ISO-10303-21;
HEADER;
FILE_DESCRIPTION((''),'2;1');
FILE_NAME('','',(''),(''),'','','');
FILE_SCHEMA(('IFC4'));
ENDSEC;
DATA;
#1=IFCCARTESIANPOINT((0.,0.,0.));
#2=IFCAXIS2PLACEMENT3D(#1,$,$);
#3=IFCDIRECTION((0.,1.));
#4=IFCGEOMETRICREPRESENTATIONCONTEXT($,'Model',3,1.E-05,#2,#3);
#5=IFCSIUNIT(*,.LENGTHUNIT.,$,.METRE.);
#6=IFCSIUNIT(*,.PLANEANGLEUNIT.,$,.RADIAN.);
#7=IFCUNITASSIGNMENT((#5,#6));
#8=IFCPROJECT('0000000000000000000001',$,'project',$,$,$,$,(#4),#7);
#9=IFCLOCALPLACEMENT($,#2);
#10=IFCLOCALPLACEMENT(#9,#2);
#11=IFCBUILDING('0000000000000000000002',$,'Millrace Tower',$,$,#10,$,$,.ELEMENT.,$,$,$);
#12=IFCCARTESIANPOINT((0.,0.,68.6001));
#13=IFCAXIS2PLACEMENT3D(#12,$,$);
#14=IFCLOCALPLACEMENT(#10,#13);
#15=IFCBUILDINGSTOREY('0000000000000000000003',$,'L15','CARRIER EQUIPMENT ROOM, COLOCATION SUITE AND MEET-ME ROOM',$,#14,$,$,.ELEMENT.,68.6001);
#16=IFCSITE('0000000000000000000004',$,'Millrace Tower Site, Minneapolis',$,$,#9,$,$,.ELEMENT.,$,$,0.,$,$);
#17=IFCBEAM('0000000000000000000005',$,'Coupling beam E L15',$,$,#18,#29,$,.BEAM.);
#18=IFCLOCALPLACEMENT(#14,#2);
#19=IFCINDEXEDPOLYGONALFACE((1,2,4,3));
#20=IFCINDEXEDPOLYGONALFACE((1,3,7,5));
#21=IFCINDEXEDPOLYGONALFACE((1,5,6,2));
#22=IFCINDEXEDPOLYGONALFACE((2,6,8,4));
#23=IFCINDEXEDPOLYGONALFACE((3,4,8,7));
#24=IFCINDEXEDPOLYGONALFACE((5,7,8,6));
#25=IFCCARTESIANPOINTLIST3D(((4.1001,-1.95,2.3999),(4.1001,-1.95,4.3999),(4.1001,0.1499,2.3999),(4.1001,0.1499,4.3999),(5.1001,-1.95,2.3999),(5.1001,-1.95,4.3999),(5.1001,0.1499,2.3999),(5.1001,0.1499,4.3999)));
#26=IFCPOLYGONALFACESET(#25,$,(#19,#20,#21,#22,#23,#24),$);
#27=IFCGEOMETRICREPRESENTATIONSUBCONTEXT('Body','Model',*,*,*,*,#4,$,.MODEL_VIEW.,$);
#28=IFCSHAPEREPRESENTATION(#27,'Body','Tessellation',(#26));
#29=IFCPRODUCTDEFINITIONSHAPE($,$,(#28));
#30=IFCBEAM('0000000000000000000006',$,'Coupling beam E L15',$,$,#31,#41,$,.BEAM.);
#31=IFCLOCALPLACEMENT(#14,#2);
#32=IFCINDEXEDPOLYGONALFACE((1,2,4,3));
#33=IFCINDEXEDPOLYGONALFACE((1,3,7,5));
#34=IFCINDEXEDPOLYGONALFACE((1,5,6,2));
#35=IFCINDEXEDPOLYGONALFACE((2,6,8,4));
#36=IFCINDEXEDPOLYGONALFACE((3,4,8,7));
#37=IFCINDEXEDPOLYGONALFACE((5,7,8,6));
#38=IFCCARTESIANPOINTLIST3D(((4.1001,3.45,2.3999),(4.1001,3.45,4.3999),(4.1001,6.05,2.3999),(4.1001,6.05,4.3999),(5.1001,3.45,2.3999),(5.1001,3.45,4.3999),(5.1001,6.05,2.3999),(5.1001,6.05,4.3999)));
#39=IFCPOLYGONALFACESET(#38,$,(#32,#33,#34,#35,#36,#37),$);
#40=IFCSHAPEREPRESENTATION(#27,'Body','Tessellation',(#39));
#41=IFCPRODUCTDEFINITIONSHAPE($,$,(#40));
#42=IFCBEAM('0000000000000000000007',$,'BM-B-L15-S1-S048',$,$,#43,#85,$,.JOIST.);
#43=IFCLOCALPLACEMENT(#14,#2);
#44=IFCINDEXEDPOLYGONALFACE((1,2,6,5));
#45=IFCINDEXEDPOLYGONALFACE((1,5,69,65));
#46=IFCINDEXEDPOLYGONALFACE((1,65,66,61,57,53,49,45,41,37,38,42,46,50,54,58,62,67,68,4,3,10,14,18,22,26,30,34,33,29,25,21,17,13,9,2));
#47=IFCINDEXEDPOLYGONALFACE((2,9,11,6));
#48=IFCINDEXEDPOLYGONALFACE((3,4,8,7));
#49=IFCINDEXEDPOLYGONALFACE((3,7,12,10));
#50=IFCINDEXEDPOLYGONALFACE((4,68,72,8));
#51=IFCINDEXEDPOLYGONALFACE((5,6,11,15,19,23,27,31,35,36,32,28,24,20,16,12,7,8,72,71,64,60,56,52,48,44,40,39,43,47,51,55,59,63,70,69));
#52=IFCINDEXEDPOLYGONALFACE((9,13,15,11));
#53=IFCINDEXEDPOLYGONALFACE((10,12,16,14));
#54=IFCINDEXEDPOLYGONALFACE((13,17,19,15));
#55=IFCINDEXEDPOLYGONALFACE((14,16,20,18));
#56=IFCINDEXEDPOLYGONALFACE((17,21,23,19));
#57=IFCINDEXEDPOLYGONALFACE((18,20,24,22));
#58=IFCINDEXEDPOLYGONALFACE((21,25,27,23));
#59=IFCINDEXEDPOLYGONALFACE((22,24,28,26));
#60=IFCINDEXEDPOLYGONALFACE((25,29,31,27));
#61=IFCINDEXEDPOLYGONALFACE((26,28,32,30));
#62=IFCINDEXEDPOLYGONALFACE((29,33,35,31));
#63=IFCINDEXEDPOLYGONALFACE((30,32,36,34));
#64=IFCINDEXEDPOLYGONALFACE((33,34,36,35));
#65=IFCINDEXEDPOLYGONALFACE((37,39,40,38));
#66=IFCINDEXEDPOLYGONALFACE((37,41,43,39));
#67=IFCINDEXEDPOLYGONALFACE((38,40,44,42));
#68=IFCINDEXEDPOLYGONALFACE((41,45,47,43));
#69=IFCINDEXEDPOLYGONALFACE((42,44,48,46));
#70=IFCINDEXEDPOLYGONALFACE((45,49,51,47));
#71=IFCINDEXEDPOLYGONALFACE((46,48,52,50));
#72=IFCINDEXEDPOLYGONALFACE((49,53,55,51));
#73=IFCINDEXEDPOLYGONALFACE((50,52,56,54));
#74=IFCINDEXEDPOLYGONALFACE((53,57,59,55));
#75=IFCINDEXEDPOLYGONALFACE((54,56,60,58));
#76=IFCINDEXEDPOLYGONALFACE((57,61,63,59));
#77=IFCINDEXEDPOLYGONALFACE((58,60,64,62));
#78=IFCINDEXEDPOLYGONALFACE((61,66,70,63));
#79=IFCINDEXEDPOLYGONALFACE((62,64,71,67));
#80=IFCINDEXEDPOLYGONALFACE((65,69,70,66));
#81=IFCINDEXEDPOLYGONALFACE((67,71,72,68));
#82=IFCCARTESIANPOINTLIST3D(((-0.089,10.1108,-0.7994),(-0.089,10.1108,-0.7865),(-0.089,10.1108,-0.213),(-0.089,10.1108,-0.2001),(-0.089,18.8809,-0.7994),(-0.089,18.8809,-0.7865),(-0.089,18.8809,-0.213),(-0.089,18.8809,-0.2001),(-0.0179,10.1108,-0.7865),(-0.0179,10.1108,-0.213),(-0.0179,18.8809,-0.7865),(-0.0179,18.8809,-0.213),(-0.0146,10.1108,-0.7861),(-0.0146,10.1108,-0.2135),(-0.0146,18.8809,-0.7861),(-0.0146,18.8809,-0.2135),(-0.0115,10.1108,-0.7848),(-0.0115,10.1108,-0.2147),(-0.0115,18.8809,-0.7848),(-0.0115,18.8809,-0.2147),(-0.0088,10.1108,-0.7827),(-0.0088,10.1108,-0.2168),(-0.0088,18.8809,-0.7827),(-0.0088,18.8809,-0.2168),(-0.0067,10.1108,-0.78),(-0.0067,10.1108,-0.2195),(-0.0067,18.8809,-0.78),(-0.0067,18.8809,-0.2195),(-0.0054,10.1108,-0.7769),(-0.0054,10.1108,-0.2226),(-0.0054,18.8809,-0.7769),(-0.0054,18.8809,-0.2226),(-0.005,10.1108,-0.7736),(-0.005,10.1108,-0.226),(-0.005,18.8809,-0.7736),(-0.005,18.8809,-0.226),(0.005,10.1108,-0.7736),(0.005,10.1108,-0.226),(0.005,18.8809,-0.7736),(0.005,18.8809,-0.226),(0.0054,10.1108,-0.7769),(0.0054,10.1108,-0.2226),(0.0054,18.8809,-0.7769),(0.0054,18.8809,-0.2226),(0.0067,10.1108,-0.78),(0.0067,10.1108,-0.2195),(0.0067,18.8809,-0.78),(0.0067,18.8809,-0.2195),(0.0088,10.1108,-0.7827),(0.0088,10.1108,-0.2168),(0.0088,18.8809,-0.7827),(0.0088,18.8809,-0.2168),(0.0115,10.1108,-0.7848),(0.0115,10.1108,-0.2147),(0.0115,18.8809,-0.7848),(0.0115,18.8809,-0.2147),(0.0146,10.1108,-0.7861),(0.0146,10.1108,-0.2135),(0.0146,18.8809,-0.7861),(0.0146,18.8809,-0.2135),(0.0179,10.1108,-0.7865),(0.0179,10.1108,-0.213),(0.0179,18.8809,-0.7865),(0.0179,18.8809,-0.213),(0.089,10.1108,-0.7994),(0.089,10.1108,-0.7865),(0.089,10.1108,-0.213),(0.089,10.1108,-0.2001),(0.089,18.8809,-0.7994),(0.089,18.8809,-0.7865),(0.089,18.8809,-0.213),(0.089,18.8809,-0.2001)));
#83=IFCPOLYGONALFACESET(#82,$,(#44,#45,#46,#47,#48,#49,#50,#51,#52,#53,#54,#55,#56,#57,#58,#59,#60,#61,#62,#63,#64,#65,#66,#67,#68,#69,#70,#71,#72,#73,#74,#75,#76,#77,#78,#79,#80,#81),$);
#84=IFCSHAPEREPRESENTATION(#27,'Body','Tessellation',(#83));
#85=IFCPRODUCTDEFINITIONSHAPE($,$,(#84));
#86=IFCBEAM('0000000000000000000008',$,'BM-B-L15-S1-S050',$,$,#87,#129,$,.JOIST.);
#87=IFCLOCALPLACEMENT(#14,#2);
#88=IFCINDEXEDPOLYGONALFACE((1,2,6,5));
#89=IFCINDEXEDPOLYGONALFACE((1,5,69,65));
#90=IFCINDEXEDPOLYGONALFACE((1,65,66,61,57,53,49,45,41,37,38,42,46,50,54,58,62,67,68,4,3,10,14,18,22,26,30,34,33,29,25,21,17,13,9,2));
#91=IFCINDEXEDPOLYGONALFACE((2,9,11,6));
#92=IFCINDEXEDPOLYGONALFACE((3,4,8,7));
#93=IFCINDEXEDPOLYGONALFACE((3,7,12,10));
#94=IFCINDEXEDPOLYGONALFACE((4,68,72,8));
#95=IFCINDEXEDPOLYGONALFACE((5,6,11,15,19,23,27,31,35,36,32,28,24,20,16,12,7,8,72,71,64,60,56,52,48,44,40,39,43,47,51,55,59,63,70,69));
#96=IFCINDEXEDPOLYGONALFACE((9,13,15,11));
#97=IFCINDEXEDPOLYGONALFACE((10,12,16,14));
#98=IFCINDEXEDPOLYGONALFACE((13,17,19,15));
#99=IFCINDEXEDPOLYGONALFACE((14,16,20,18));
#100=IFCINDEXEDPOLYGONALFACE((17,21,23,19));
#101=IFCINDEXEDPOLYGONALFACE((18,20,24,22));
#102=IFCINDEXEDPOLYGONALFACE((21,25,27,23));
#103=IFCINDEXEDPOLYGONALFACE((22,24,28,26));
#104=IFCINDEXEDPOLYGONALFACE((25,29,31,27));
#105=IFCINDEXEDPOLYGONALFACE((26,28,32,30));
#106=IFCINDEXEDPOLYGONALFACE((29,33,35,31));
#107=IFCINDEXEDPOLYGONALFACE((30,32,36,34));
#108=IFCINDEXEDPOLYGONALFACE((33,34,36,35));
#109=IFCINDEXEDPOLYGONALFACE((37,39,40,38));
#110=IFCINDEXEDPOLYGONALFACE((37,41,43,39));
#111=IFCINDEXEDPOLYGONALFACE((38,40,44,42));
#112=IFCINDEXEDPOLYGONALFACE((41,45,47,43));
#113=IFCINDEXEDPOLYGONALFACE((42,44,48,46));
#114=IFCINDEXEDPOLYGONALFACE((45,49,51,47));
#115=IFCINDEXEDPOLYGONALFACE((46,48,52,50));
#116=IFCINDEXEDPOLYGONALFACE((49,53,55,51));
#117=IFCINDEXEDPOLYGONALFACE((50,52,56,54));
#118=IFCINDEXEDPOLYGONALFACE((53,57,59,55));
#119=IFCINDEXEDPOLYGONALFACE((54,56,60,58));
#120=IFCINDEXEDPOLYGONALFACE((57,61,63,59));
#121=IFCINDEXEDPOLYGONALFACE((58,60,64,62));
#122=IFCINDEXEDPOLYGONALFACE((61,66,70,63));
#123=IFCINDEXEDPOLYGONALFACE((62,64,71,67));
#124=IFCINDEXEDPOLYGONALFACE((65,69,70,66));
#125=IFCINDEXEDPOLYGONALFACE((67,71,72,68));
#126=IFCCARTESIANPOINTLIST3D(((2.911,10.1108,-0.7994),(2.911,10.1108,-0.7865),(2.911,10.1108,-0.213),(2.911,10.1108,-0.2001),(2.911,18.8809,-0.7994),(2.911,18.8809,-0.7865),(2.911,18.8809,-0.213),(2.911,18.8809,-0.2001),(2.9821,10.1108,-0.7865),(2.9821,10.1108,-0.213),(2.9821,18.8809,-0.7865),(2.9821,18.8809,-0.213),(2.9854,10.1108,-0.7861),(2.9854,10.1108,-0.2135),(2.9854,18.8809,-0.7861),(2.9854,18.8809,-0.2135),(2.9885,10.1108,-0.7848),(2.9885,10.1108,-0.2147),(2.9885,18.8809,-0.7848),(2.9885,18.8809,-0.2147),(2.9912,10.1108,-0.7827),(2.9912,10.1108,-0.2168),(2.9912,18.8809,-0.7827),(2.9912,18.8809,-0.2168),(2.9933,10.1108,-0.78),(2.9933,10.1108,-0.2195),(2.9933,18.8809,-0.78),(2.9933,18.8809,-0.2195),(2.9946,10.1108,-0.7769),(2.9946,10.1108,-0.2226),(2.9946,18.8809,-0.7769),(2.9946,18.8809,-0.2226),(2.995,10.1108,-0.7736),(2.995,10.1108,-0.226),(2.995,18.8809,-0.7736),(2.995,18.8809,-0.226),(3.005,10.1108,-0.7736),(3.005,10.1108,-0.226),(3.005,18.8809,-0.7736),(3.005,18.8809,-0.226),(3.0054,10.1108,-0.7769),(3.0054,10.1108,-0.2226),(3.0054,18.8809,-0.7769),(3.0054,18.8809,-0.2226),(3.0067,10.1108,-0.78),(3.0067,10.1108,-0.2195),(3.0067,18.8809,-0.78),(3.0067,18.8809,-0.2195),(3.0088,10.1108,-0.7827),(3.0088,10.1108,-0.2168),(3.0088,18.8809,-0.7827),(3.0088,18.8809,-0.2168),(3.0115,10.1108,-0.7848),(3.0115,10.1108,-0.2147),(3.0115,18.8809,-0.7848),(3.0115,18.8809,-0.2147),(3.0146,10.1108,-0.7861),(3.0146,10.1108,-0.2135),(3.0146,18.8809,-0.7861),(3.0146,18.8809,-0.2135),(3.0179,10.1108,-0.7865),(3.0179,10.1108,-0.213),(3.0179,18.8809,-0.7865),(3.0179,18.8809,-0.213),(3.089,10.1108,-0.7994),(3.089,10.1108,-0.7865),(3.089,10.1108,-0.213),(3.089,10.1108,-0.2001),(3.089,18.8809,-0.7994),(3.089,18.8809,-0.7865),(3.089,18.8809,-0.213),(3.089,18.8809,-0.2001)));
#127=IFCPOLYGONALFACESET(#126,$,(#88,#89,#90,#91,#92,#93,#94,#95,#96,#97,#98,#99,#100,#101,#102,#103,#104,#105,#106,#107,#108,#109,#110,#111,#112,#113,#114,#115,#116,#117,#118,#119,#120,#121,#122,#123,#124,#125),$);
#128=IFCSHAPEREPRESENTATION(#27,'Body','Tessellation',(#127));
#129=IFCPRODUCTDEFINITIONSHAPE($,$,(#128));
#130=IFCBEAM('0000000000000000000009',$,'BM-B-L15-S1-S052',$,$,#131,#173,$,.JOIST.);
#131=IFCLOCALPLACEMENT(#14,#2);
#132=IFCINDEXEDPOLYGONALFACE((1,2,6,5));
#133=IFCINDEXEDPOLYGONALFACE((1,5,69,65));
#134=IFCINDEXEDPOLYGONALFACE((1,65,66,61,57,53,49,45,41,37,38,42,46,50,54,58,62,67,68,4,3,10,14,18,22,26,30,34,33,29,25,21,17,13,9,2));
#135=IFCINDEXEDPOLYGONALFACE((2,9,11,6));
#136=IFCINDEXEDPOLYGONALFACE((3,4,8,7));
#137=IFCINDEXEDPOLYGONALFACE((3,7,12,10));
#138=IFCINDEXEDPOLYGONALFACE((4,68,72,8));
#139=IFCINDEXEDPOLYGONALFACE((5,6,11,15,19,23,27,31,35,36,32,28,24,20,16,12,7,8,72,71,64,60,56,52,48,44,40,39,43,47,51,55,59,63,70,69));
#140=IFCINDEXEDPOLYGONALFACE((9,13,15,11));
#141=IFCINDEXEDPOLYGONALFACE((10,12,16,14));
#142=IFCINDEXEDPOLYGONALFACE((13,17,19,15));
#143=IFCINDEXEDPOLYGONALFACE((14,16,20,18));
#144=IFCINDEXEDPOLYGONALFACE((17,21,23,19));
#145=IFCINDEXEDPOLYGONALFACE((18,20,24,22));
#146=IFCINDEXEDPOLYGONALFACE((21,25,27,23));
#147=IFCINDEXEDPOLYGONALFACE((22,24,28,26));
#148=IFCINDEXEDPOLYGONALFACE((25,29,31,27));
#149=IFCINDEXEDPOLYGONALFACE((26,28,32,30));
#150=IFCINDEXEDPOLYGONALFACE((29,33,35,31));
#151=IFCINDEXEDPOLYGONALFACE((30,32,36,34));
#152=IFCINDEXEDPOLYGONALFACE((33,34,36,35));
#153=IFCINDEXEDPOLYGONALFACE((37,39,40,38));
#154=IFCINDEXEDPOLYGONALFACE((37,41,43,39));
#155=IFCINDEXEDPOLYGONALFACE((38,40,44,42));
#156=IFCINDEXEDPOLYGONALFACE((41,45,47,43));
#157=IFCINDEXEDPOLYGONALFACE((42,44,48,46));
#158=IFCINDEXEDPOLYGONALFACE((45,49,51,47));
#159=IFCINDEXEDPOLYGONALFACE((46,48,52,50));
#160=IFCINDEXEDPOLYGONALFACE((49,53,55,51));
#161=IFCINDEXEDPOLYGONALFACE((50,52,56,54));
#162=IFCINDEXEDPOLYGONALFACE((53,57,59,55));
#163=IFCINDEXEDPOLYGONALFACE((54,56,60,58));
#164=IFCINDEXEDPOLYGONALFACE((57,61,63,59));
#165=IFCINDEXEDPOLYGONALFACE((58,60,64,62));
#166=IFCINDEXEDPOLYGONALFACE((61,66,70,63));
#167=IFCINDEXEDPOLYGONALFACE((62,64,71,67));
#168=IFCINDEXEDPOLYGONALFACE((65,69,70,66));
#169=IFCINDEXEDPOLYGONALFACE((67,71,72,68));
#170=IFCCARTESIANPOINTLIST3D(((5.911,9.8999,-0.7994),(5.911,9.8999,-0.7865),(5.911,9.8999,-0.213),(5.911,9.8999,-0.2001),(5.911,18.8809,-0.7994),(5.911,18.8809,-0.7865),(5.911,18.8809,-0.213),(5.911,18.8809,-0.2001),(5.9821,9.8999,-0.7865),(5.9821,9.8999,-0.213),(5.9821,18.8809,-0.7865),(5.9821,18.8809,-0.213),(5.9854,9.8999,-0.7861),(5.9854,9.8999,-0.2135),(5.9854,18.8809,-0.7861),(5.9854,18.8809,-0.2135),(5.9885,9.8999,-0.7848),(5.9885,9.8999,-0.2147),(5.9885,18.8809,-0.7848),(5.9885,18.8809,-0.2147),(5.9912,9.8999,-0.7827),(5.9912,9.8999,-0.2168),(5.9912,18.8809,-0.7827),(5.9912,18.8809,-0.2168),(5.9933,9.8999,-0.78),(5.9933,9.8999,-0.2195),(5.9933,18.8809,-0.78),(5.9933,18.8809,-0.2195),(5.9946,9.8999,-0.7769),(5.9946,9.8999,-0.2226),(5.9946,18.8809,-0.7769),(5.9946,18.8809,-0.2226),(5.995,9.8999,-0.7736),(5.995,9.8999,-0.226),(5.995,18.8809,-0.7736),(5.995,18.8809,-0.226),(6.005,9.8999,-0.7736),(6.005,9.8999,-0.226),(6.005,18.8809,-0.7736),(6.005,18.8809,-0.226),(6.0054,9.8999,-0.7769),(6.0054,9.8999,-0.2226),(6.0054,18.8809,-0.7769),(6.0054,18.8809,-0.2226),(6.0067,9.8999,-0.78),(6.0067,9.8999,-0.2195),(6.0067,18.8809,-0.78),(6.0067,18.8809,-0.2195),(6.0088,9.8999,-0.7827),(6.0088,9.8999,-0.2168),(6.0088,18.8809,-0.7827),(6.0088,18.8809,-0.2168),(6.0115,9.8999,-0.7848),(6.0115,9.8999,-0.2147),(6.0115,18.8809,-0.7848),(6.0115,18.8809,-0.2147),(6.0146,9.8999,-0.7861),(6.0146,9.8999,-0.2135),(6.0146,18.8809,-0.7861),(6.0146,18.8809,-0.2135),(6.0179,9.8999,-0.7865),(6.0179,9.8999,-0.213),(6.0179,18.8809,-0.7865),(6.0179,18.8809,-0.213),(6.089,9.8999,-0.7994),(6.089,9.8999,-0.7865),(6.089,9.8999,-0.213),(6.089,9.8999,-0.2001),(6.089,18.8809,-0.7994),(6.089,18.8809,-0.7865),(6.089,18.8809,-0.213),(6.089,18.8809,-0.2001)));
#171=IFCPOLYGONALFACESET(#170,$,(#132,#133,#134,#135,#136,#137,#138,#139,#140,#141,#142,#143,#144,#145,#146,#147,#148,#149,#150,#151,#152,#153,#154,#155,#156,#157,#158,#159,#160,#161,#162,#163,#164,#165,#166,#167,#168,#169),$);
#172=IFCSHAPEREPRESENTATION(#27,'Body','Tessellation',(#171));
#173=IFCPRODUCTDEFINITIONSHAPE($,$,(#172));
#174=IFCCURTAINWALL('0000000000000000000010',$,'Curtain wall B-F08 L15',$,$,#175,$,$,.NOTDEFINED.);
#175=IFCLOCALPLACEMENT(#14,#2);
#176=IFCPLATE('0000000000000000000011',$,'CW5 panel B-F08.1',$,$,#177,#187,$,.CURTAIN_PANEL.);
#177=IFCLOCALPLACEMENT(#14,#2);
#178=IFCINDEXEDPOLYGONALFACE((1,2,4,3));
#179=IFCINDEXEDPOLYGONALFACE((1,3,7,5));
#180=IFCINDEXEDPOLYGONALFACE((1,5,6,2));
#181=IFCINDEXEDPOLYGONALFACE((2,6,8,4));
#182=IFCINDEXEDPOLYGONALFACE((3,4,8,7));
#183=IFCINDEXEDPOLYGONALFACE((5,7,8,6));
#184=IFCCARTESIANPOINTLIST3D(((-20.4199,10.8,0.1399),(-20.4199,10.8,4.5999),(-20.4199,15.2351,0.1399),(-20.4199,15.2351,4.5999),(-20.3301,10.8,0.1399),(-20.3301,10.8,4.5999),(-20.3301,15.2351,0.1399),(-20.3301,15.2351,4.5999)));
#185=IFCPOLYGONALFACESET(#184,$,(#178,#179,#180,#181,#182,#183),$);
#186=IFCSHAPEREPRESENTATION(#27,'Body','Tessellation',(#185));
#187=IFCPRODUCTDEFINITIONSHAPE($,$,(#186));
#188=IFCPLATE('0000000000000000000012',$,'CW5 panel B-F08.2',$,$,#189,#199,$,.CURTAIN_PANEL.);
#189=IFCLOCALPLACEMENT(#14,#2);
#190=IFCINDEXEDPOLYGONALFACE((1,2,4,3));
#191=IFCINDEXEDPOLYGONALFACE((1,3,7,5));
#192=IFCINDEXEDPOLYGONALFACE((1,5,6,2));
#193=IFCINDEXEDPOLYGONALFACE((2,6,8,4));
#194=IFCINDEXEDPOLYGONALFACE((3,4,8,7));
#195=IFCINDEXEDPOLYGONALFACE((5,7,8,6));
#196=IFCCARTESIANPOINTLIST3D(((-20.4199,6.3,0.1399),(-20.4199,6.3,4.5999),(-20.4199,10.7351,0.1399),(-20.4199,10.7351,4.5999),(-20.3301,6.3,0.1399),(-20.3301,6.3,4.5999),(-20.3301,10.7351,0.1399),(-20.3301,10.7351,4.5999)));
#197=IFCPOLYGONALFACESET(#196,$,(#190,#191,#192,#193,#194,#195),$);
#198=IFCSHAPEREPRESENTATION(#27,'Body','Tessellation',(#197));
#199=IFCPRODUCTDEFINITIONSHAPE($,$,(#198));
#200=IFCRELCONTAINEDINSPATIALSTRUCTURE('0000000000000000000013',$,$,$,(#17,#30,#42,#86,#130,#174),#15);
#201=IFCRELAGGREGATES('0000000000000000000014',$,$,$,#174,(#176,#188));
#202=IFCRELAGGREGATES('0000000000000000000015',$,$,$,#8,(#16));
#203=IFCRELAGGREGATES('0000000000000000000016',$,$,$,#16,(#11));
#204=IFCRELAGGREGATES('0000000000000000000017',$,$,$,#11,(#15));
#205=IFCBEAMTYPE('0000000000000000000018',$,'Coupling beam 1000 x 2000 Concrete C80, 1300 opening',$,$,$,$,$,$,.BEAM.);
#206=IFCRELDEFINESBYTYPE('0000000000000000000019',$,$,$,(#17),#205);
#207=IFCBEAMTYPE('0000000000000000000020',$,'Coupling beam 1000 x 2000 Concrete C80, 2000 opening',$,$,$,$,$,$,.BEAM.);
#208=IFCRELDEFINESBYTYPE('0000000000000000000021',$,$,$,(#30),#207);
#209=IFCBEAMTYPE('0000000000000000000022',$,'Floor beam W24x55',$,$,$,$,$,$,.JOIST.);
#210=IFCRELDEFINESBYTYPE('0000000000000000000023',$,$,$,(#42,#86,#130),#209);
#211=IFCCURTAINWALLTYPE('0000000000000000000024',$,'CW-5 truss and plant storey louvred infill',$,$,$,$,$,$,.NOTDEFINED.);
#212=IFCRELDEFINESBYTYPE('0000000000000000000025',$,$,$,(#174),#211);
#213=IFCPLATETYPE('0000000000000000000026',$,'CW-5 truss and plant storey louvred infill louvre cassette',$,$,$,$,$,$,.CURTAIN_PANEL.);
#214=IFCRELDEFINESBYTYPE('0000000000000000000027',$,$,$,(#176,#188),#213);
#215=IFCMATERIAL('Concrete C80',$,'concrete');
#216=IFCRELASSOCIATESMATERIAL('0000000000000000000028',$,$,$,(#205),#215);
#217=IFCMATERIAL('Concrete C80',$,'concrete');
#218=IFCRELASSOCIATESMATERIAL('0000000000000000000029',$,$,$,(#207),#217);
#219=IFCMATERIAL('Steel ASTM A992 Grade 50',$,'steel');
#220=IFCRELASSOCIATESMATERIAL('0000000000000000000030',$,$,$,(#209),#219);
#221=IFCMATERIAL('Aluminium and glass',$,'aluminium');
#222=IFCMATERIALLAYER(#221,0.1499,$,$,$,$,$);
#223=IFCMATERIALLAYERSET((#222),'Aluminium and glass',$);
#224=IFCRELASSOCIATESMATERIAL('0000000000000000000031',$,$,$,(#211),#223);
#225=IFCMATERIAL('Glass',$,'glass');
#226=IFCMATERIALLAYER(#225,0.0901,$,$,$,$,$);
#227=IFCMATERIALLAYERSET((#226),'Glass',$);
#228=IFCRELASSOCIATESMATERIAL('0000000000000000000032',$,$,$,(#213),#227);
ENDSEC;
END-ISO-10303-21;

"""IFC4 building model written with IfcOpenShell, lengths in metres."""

from ifc_helpers import new_model, si_unit, direction, frame, origin, origin_2d, place, context, subcontext, project, spatial, polyline, rectangle, i_section, outline, extrude, material, layer, layer_set, material_profile, profile_set, type_object, element, aggregate, save


model = new_model("IFC4")

# Units and contexts
model_context = context("Model", 3, precision=1e-05, world=origin(), true_north=direction((0.0, 1.0)))
body_context = subcontext(model_context, "Body", "Model", "MODEL_VIEW")
ifc_project = project(units=[si_unit("LENGTHUNIT", "METRE"), si_unit("PLANEANGLEUNIT", "RADIAN")], contexts=[model_context])

# Site, building, storey
site_placement = place(None, origin())
site = spatial("IfcSite", under=ifc_project, at=site_placement, Name="Millrace Tower Site, Minneapolis", CompositionType="ELEMENT", RefElevation=0.0)
building_placement = place(site_placement, origin())
building = spatial("IfcBuilding", under=site, at=building_placement, Name="Millrace Tower", CompositionType="ELEMENT")
storey_placement = place(building_placement, frame((0.0, 0.0, 68.6001)))
storey = spatial("IfcBuildingStorey", under=building, at=storey_placement, Name="L15", Description="CARRIER EQUIPMENT ROOM, COLOCATION SUITE AND MEET-ME ROOM", CompositionType="ELEMENT", Elevation=68.6001)

# Beams
ifc_material_1 = material(Name="Concrete C80", Category="concrete")
ifc_material_profile_1 = material_profile(ifc_material_1, rectangle(XDim=1.0, YDim=2.0, at=origin_2d()))
ifc_profile_set_1 = profile_set([ifc_material_profile_1], Name="Concrete C80")
beam_type_1 = type_object("IfcBeamType", Name="Coupling beam 1000 x 2000 Concrete C80, 1300 opening", PredefinedType="BEAM", material=ifc_profile_set_1)
beam_1_placement = place(storey_placement, frame((4.6001, 0.1499, 3.3999), z_axis=(0.0, -1.0, 0.0), x_axis=(1.0, 0.0, 0.0)))
element("IfcBeam", 1, at=beam_1_placement, inside=storey, type_object=beam_type_1, Name="Coupling beam E L15", PredefinedType="BEAM", context=body_context, shape_type="SweptSolid", body=[
    extrude(rectangle(XDim=1.0, YDim=2.0, at=origin_2d()), origin(), (0.0, 0.0, 1.0), 2.0999),
])
ifc_material_2 = material(Name="Concrete C80", Category="concrete")
ifc_material_profile_2 = material_profile(ifc_material_2, rectangle(XDim=1.0, YDim=2.0, at=origin_2d()))
ifc_profile_set_2 = profile_set([ifc_material_profile_2], Name="Concrete C80")
beam_type_2 = type_object("IfcBeamType", Name="Coupling beam 1000 x 2000 Concrete C80, 2000 opening", PredefinedType="BEAM", material=ifc_profile_set_2)
beam_2_placement = place(storey_placement, frame((4.6001, 6.05, 3.3999), z_axis=(0.0, -1.0, 0.0), x_axis=(1.0, 0.0, 0.0)))
element("IfcBeam", 2, at=beam_2_placement, inside=storey, type_object=beam_type_2, Name="Coupling beam E L15", PredefinedType="BEAM", context=body_context, shape_type="SweptSolid", body=[
    extrude(rectangle(XDim=1.0, YDim=2.0, at=origin_2d()), origin(), (0.0, 0.0, 1.0), 2.6001),
])
ifc_material_3 = material(Name="Steel ASTM A992 Grade 50", Category="steel")
ifc_material_profile_3 = material_profile(ifc_material_3, i_section(OverallWidth=0.178, OverallDepth=0.5994, WebThickness=0.01, FlangeThickness=0.0129, FilletRadius=0.0129, at=origin_2d()))
ifc_profile_set_3 = profile_set([ifc_material_profile_3], Name="Steel ASTM A992 Grade 50")
beam_type_3 = type_object("IfcBeamType", Name="Floor beam W24x55", PredefinedType="JOIST", material=ifc_profile_set_3)
for number, where, z_axis, x_axis, name in (
    (3, (0.0, 10.1108, -0.4998), (0.0, 1.0, 0.0), (-1.0, 0.0, 0.0), "BM-B-L15-S1-S048"),
    (4, (3.0, 10.1108, -0.4998), (0.0, 1.0, 0.0), (-1.0, 0.0, 0.0), "BM-B-L15-S1-S050"),
):
    element("IfcBeam", number, at=place(storey_placement, frame(where, z_axis=z_axis, x_axis=x_axis)), inside=storey, type_object=beam_type_3, Name=name, PredefinedType="JOIST", context=body_context, shape_type="SweptSolid", body=[
        extrude(i_section(OverallWidth=0.178, OverallDepth=0.5994, WebThickness=0.01, FlangeThickness=0.0129, FilletRadius=0.0129, at=origin_2d()), origin(), (0.0, 0.0, 1.0), 8.77),
    ])
beam_3_placement = place(storey_placement, frame((6.0, 9.8999, -0.4998), z_axis=(0.0, 1.0, 0.0), x_axis=(-1.0, 0.0, 0.0)))
element("IfcBeam", 5, at=beam_3_placement, inside=storey, type_object=beam_type_3, Name="BM-B-L15-S1-S052", PredefinedType="JOIST", context=body_context, shape_type="SweptSolid", body=[
    extrude(i_section(OverallWidth=0.178, OverallDepth=0.5994, WebThickness=0.01, FlangeThickness=0.0129, FilletRadius=0.0129, at=origin_2d()), origin(), (0.0, 0.0, 1.0), 8.981),
])

# Curtain wall, plates
ifc_material_4 = material(Name="Aluminium and glass", Category="aluminium")
ifc_layer_1 = layer(ifc_material_4, 0.1499)
ifc_layer_set_1 = layer_set([ifc_layer_1], Name="Aluminium and glass")
curtain_wall_type = type_object("IfcCurtainWallType", Name="CW-5 truss and plant storey louvred infill", PredefinedType="NOTDEFINED", material=ifc_layer_set_1)
placement_1 = place(storey_placement, origin())
curtain_wall = element("IfcCurtainWall", 6, at=placement_1, inside=storey, type_object=curtain_wall_type, Name="Curtain wall B-F08 L15", PredefinedType="NOTDEFINED")
ifc_material_5 = material(Name="Glass", Category="glass")
ifc_layer_2 = layer(ifc_material_5, 0.0901)
ifc_layer_set_2 = layer_set([ifc_layer_2], Name="Glass")
plate_type = type_object("IfcPlateType", Name="CW-5 truss and plant storey louvred infill louvre cassette", PredefinedType="CURTAIN_PANEL", material=ifc_layer_set_2)
placement_2 = place(storey_placement, frame((0.0, 0.0, 0.1399)))
plate_1 = element("IfcPlate", 7, at=placement_2, type_object=plate_type, Name="CW5 panel B-F08.1", PredefinedType="CURTAIN_PANEL", context=body_context, shape_type="SweptSolid", body=[
    extrude(outline(polyline([(-20.4199, 15.2351), (-20.4199, 10.8), (-20.3301, 10.8), (-20.3301, 15.2351), (-20.4199, 15.2351)])), origin(), (0.0, 0.0, 1.0), 4.46),
])
plate_2 = element("IfcPlate", 8, at=placement_2, type_object=plate_type, Name="CW5 panel B-F08.2", PredefinedType="CURTAIN_PANEL", context=body_context, shape_type="SweptSolid", body=[
    extrude(outline(polyline([(-20.4199, 10.7351), (-20.4199, 6.3), (-20.3301, 6.3), (-20.3301, 10.7351), (-20.4199, 10.7351)])), origin(), (0.0, 0.0, 1.0), 4.46),
])
aggregate(curtain_wall, [plate_1, plate_2])

save(model, "model.ifc")
